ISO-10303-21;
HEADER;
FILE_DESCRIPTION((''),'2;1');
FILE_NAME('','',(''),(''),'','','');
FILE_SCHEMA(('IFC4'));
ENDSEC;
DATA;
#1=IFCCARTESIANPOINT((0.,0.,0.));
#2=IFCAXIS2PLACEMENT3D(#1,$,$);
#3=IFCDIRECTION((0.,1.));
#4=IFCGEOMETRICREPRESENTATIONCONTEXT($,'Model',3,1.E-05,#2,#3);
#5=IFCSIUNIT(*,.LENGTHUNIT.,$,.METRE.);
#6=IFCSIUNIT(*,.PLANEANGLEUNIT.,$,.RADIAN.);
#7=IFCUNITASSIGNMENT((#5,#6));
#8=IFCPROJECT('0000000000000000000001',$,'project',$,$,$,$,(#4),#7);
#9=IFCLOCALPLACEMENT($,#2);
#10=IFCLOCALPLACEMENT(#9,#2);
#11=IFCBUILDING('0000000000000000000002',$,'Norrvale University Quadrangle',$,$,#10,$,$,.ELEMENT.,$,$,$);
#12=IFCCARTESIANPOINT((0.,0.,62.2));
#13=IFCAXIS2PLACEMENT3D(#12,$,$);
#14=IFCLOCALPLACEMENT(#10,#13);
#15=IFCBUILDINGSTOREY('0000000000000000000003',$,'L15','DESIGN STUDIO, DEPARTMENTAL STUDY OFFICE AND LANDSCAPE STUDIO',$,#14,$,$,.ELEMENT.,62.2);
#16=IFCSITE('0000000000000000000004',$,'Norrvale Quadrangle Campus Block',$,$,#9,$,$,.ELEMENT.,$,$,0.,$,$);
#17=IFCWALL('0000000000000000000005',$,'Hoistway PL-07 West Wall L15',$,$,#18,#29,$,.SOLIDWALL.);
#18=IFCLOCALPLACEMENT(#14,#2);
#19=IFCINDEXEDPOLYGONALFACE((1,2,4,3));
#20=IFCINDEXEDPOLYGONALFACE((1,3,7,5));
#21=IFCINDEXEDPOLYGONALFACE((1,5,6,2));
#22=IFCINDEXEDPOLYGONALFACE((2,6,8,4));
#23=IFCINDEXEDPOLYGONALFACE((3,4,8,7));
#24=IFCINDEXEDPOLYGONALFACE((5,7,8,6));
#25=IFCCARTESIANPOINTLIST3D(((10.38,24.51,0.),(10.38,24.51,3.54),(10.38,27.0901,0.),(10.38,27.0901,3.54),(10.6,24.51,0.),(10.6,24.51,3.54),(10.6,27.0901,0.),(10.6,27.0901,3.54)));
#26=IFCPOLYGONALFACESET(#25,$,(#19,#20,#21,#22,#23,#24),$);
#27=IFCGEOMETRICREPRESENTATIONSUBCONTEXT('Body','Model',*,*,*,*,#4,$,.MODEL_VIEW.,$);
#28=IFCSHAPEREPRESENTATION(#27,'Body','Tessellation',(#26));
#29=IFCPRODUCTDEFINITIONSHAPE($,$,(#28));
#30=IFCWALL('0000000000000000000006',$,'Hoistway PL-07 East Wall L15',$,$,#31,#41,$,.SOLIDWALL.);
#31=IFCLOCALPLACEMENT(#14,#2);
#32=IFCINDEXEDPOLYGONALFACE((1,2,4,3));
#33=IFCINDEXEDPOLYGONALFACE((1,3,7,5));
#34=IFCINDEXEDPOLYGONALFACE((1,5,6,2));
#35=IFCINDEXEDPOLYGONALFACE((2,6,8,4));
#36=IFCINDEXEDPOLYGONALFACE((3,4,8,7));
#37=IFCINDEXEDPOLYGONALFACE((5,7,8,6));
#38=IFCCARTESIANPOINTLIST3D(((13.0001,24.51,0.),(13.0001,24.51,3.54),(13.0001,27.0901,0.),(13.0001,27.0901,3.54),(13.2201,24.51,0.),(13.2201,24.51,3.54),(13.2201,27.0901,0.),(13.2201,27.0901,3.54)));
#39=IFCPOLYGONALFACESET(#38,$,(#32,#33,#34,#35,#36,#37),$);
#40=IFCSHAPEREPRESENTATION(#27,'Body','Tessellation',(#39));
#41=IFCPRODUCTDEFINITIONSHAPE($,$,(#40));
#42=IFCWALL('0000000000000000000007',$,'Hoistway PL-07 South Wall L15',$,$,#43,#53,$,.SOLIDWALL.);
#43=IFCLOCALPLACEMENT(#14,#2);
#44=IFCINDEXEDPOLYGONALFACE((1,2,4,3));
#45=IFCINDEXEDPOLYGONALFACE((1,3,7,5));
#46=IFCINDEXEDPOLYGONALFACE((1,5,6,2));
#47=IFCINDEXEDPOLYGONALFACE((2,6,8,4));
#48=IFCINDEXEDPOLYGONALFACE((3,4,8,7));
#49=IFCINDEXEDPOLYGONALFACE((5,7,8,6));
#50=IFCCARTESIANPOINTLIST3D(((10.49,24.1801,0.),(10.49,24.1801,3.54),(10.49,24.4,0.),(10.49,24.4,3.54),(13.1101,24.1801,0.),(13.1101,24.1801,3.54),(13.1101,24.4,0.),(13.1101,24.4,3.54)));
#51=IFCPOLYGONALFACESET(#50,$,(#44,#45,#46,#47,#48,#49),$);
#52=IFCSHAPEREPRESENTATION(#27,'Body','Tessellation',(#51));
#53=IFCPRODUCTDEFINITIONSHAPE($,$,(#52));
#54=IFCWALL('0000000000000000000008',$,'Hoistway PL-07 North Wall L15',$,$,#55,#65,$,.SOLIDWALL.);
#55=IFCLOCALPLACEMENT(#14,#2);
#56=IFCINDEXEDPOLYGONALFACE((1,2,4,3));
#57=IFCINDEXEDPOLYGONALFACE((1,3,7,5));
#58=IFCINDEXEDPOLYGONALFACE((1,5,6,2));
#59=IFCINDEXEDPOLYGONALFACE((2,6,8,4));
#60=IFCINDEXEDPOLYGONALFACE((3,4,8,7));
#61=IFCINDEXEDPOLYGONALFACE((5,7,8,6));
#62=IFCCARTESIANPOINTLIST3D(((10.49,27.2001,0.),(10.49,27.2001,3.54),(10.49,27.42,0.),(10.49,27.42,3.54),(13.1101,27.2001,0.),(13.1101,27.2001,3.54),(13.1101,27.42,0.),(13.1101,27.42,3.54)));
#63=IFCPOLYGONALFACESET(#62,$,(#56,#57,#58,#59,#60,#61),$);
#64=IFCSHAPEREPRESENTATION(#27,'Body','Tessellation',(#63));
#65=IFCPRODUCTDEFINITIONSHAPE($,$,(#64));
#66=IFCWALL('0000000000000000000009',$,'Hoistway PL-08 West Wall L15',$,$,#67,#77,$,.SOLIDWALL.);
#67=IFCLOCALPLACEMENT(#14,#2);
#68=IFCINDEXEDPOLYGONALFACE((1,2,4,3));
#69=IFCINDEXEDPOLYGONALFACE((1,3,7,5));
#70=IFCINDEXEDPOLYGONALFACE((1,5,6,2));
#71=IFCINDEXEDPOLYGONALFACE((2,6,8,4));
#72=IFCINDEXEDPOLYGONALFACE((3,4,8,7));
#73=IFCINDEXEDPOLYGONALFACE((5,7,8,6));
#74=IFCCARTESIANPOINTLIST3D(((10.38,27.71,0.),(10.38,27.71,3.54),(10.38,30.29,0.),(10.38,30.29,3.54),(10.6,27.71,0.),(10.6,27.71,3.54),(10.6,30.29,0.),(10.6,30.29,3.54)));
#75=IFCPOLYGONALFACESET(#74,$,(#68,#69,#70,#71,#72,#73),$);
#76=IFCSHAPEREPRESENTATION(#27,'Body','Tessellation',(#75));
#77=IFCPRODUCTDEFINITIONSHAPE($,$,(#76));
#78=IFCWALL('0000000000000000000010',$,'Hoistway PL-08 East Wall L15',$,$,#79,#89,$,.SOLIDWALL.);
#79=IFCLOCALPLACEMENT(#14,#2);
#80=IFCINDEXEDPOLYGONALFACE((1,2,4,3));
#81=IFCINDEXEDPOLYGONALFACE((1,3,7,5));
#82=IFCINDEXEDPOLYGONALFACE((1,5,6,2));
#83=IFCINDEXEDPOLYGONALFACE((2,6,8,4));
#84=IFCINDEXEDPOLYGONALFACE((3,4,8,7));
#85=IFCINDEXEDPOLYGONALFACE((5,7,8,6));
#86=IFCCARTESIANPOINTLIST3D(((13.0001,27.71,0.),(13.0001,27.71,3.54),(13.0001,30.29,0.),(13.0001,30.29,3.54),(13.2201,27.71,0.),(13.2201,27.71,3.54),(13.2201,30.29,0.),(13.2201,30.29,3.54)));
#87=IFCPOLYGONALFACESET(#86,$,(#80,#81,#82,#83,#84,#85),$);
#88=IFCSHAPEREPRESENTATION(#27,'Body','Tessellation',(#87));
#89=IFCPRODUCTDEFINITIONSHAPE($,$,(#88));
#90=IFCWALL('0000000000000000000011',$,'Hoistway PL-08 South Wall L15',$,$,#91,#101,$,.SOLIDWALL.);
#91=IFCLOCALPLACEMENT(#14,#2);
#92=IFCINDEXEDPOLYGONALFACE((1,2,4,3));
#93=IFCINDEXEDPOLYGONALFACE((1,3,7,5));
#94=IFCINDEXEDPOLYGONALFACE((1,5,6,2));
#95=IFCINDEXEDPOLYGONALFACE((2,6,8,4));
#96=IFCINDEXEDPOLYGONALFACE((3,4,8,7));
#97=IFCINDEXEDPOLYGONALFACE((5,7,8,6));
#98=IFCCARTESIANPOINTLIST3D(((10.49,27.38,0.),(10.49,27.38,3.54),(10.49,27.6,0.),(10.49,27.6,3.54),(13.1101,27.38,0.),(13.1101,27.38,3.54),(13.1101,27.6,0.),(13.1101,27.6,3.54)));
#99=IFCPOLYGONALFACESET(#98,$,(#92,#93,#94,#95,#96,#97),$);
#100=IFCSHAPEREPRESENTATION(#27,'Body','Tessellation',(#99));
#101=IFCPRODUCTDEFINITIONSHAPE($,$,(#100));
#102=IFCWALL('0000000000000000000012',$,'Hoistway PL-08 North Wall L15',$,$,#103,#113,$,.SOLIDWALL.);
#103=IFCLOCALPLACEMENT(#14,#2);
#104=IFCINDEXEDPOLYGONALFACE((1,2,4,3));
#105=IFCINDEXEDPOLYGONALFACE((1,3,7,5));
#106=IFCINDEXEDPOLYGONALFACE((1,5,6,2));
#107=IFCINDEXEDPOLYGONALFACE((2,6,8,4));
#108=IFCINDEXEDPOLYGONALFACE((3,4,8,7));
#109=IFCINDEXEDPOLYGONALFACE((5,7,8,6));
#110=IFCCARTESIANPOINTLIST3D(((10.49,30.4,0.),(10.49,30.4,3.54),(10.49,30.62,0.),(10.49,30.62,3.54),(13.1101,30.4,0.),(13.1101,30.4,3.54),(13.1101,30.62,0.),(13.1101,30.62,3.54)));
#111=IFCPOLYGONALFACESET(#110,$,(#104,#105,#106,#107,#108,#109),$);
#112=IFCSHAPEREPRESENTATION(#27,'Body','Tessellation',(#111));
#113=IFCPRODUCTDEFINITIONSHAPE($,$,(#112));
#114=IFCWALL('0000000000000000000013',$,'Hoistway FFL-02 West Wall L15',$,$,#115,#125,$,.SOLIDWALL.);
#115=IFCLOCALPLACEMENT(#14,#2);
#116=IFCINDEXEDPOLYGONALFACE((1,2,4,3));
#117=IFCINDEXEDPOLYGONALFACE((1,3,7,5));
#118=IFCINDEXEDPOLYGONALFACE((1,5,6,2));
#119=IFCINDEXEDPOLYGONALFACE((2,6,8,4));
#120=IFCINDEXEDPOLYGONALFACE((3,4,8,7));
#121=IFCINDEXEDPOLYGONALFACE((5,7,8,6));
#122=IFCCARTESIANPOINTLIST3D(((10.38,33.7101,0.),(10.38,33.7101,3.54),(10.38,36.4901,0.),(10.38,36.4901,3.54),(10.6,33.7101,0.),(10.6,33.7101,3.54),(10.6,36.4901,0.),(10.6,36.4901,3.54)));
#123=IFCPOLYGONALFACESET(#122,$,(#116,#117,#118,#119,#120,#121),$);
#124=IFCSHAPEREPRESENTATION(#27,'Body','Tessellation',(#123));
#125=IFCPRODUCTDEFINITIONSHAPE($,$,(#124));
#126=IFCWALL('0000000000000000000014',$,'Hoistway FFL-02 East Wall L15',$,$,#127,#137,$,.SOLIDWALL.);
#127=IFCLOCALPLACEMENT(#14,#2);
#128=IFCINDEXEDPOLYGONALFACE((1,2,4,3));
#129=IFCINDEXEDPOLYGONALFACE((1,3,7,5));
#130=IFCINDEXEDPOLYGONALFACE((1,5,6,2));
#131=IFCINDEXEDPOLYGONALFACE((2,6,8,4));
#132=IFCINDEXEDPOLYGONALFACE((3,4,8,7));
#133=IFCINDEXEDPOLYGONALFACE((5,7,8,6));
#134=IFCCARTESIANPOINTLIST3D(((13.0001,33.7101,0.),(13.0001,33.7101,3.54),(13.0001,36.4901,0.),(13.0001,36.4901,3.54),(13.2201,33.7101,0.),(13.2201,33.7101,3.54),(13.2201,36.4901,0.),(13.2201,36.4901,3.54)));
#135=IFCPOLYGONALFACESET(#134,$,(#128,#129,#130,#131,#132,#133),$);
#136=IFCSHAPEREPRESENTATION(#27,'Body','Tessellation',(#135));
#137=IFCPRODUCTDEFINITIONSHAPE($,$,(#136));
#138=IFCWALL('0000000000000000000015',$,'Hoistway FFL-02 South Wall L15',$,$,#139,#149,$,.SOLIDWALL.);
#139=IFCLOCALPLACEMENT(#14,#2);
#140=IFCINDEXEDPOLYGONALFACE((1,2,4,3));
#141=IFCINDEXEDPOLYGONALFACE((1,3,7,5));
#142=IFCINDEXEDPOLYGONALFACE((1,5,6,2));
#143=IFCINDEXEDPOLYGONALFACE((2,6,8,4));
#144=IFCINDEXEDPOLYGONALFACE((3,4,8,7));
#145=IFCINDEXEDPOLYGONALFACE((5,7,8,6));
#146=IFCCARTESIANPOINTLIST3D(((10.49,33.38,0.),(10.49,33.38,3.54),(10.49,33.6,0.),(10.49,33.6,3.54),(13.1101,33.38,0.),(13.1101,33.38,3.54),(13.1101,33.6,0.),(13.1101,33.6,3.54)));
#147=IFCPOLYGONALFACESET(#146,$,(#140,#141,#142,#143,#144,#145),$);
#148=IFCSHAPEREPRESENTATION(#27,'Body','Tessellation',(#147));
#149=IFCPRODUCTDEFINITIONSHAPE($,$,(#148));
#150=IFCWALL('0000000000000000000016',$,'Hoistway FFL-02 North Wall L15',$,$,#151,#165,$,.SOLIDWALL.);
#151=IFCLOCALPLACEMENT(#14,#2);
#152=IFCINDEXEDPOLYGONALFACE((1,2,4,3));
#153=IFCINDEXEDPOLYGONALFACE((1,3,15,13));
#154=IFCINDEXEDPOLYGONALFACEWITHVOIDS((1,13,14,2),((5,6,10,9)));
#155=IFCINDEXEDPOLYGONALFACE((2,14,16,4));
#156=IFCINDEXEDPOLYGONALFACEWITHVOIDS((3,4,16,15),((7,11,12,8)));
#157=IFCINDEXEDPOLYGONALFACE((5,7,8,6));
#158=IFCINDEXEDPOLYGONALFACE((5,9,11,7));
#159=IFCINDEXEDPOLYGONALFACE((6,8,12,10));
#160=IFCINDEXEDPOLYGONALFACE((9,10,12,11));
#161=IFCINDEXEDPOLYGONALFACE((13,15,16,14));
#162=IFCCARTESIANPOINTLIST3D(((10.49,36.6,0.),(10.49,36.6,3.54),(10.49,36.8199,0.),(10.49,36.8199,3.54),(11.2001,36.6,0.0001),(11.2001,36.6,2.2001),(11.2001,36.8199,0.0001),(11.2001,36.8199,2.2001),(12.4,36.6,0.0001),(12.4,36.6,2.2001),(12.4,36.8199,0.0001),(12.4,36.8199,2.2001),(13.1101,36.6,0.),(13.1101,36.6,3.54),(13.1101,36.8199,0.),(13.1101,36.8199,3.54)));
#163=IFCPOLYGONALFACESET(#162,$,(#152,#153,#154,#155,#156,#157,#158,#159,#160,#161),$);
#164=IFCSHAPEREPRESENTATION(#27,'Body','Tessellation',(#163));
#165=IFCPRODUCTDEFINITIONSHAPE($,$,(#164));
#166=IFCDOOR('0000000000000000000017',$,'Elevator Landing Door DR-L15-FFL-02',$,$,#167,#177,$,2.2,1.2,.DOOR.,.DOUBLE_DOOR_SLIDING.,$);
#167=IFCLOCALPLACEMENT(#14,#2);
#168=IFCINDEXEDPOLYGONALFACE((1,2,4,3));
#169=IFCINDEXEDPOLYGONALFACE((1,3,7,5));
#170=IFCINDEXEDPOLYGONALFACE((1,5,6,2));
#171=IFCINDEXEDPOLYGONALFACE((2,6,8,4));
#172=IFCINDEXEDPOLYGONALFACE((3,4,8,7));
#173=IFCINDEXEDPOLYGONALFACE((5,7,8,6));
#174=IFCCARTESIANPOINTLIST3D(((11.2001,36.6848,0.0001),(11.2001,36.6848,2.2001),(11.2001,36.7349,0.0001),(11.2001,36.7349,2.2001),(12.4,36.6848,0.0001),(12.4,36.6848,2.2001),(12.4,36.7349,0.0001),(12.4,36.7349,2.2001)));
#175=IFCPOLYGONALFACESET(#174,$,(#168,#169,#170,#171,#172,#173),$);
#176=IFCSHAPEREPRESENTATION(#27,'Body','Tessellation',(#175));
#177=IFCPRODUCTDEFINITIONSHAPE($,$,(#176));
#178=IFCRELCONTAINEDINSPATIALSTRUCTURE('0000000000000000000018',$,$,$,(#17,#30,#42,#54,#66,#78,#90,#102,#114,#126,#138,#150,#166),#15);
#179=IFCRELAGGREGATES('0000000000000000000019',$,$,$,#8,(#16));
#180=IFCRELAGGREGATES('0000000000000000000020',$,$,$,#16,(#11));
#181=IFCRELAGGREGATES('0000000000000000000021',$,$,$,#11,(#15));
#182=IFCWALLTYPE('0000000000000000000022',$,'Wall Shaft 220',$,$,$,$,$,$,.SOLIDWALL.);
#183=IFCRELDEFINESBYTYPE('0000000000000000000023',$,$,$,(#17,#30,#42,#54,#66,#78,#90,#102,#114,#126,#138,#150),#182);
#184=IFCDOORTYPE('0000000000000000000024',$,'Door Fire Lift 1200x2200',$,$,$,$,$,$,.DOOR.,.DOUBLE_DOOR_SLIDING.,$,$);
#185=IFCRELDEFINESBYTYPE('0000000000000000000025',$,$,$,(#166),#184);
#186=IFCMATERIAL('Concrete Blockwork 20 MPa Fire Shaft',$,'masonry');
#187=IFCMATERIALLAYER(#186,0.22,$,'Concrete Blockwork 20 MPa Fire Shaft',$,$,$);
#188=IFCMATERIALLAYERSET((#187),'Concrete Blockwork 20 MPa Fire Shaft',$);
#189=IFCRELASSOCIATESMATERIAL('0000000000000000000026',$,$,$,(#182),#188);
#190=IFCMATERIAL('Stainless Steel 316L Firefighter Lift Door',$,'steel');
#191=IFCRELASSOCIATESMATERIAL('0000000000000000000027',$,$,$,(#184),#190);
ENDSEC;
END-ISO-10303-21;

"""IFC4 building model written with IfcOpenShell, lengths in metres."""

from ifc_helpers import new_model, si_unit, direction, frame, frame_2d, origin, place, context, subcontext, project, spatial, rectangle, extrude, material, layer, layer_set, type_object, element, fill, save


model = new_model("IFC4")

# Units and contexts
model_context = context("Model", 3, precision=1e-05, world=origin(), true_north=direction((0.0, 1.0)))
body_context = subcontext(model_context, "Body", "Model", "MODEL_VIEW")
ifc_project = project(units=[si_unit("LENGTHUNIT", "METRE"), si_unit("PLANEANGLEUNIT", "RADIAN")], contexts=[model_context])

# Site, building, storey
site_placement = place(None, origin())
site = spatial("IfcSite", under=ifc_project, at=site_placement, Name="Norrvale Quadrangle Campus Block", CompositionType="ELEMENT", RefElevation=0.0)
building_placement = place(site_placement, origin())
building = spatial("IfcBuilding", under=site, at=building_placement, Name="Norrvale University Quadrangle", CompositionType="ELEMENT")
storey_placement = place(building_placement, frame((0.0, 0.0, 62.2)))
storey = spatial("IfcBuildingStorey", under=building, at=storey_placement, Name="L15", Description="DESIGN STUDIO, DEPARTMENTAL STUDY OFFICE AND LANDSCAPE STUDIO", CompositionType="ELEMENT", Elevation=62.2)

# Walls
ifc_material_1 = material(Name="Concrete Blockwork 20 MPa Fire Shaft", Category="masonry")
ifc_layer_1 = layer(ifc_material_1, 0.22, Name="Concrete Blockwork 20 MPa Fire Shaft")
ifc_layer_set_1 = layer_set([ifc_layer_1], Name="Concrete Blockwork 20 MPa Fire Shaft")
wall_type_1 = type_object("IfcWallType", Name="Wall Shaft 220", PredefinedType="SOLIDWALL", material=ifc_layer_set_1)
for number, where, z_axis, x_axis, name in (
    (1, (10.49, 24.51, 0.0), (0.0, 0.0, 1.0), (0.0, 1.0, 0.0), "Hoistway PL-07 West Wall L15"),
    (2, (13.1101, 24.51, 0.0), (0.0, 0.0, 1.0), (0.0, 1.0, 0.0), "Hoistway PL-07 East Wall L15"),
):
    element("IfcWall", number, at=place(storey_placement, frame(where, z_axis=z_axis, x_axis=x_axis)), inside=storey, type_object=wall_type_1, Name=name, PredefinedType="SOLIDWALL", context=body_context, shape_type="SweptSolid", body=[
        extrude(rectangle(XDim=2.5801, YDim=0.22, at=frame_2d((1.29, 0.0))), origin(), (0.0, 0.0, 1.0), 3.54),
    ])
for number, where, z_axis, x_axis, name in (
    (3, (10.49, 24.29, 0.0), (0.0, 0.0, 1.0), (1.0, 0.0, 0.0), "Hoistway PL-07 South Wall L15"),
    (4, (10.49, 27.3101, 0.0), (0.0, 0.0, 1.0), (1.0, 0.0, 0.0), "Hoistway PL-07 North Wall L15"),
):
    element("IfcWall", number, at=place(storey_placement, frame(where, z_axis=z_axis, x_axis=x_axis)), inside=storey, type_object=wall_type_1, Name=name, PredefinedType="SOLIDWALL", context=body_context, shape_type="SweptSolid", body=[
        extrude(rectangle(XDim=2.6201, YDim=0.22, at=frame_2d((1.3101, 0.0))), origin(), (0.0, 0.0, 1.0), 3.54),
    ])
for number, where, z_axis, x_axis, name in (
    (5, (10.49, 27.71, 0.0), (0.0, 0.0, 1.0), (0.0, 1.0, 0.0), "Hoistway PL-08 West Wall L15"),
    (6, (13.1101, 27.71, 0.0), (0.0, 0.0, 1.0), (0.0, 1.0, 0.0), "Hoistway PL-08 East Wall L15"),
):
    element("IfcWall", number, at=place(storey_placement, frame(where, z_axis=z_axis, x_axis=x_axis)), inside=storey, type_object=wall_type_1, Name=name, PredefinedType="SOLIDWALL", context=body_context, shape_type="SweptSolid", body=[
        extrude(rectangle(XDim=2.5801, YDim=0.22, at=frame_2d((1.29, 0.0))), origin(), (0.0, 0.0, 1.0), 3.54),
    ])
for number, where, z_axis, x_axis, name in (
    (7, (10.49, 27.49, 0.0), (0.0, 0.0, 1.0), (1.0, 0.0, 0.0), "Hoistway PL-08 South Wall L15"),
    (8, (10.49, 30.51, 0.0), (0.0, 0.0, 1.0), (1.0, 0.0, 0.0), "Hoistway PL-08 North Wall L15"),
):
    element("IfcWall", number, at=place(storey_placement, frame(where, z_axis=z_axis, x_axis=x_axis)), inside=storey, type_object=wall_type_1, Name=name, PredefinedType="SOLIDWALL", context=body_context, shape_type="SweptSolid", body=[
        extrude(rectangle(XDim=2.6201, YDim=0.22, at=frame_2d((1.3101, 0.0))), origin(), (0.0, 0.0, 1.0), 3.54),
    ])
for number, where, z_axis, x_axis, name in (
    (9, (10.49, 33.71, 0.0), (0.0, 0.0, 1.0), (0.0, 1.0, 0.0), "Hoistway FFL-02 West Wall L15"),
    (10, (13.1101, 33.71, 0.0), (0.0, 0.0, 1.0), (0.0, 1.0, 0.0), "Hoistway FFL-02 East Wall L15"),
):
    element("IfcWall", number, at=place(storey_placement, frame(where, z_axis=z_axis, x_axis=x_axis)), inside=storey, type_object=wall_type_1, Name=name, PredefinedType="SOLIDWALL", context=body_context, shape_type="SweptSolid", body=[
        extrude(rectangle(XDim=2.78, YDim=0.22, at=frame_2d((1.3901, 0.0))), origin(), (0.0, 0.0, 1.0), 3.54),
    ])
wall_1_placement = place(storey_placement, frame((10.49, 33.49, 0.0), z_axis=(0.0, 0.0, 1.0), x_axis=(1.0, 0.0, 0.0)))
element("IfcWall", 11, at=wall_1_placement, inside=storey, type_object=wall_type_1, Name="Hoistway FFL-02 South Wall L15", PredefinedType="SOLIDWALL", context=body_context, shape_type="SweptSolid", body=[
    extrude(rectangle(XDim=2.6201, YDim=0.22, at=frame_2d((1.3101, 0.0))), origin(), (0.0, 0.0, 1.0), 3.54),
])

# Wall, opening, door
wall_2_placement = place(storey_placement, frame((10.49, 36.71, 0.0), z_axis=(0.0, 0.0, 1.0), x_axis=(1.0, 0.0, 0.0)))
wall_2 = element("IfcWall", 12, at=wall_2_placement, inside=storey, type_object=wall_type_1, Name="Hoistway FFL-02 North Wall L15", PredefinedType="SOLIDWALL", context=body_context, shape_type="SweptSolid", body=[
    extrude(rectangle(XDim=2.6201, YDim=0.22, at=frame_2d((1.3101, 0.0))), origin(), (0.0, 0.0, 1.0), 3.54),
])
opening_1_placement = place(wall_2_placement, frame((0.71, 0.0, 0.0)))
opening_1 = element("IfcOpeningElement", 13, at=opening_1_placement, cuts=wall_2, PredefinedType="OPENING", context=body_context, shape_type="SweptSolid", body=[
    extrude(rectangle(XDim=1.2, YDim=2.2, at=frame_2d((0.6001, 1.1001))), frame((0.0, 0.1221, 0.0), z_axis=(0.0, -1.0, 0.0), x_axis=(1.0, 0.0, 0.0)), (0.0, 0.0, 1.0), 0.2439),
])
ifc_material_2 = material(Name="Stainless Steel 316L Firefighter Lift Door", Category="steel")
door_type_1 = type_object("IfcDoorType", Name="Door Fire Lift 1200x2200", OperationType="DOUBLE_DOOR_SLIDING", PredefinedType="DOOR", material=ifc_material_2)
door_1_placement = place(opening_1_placement, origin())
door_1 = element("IfcDoor", 14, at=door_1_placement, inside=storey, type_object=door_type_1, Name="Elevator Landing Door DR-L15-FFL-02", OperationType="DOUBLE_DOOR_SLIDING", OverallHeight=2.2, OverallWidth=1.2, PredefinedType="DOOR", context=body_context, shape_type="SweptSolid", body=[
    extrude(rectangle(XDim=1.2, YDim=2.2, at=frame_2d((0.6001, 1.1001))), frame((0.0, 0.0249, 0.0), z_axis=(0.0, -1.0, 0.0), x_axis=(1.0, 0.0, 0.0)), (0.0, 0.0, 1.0), 0.05),
])
fill(opening_1, door_1)

save(model, "model.ifc")
